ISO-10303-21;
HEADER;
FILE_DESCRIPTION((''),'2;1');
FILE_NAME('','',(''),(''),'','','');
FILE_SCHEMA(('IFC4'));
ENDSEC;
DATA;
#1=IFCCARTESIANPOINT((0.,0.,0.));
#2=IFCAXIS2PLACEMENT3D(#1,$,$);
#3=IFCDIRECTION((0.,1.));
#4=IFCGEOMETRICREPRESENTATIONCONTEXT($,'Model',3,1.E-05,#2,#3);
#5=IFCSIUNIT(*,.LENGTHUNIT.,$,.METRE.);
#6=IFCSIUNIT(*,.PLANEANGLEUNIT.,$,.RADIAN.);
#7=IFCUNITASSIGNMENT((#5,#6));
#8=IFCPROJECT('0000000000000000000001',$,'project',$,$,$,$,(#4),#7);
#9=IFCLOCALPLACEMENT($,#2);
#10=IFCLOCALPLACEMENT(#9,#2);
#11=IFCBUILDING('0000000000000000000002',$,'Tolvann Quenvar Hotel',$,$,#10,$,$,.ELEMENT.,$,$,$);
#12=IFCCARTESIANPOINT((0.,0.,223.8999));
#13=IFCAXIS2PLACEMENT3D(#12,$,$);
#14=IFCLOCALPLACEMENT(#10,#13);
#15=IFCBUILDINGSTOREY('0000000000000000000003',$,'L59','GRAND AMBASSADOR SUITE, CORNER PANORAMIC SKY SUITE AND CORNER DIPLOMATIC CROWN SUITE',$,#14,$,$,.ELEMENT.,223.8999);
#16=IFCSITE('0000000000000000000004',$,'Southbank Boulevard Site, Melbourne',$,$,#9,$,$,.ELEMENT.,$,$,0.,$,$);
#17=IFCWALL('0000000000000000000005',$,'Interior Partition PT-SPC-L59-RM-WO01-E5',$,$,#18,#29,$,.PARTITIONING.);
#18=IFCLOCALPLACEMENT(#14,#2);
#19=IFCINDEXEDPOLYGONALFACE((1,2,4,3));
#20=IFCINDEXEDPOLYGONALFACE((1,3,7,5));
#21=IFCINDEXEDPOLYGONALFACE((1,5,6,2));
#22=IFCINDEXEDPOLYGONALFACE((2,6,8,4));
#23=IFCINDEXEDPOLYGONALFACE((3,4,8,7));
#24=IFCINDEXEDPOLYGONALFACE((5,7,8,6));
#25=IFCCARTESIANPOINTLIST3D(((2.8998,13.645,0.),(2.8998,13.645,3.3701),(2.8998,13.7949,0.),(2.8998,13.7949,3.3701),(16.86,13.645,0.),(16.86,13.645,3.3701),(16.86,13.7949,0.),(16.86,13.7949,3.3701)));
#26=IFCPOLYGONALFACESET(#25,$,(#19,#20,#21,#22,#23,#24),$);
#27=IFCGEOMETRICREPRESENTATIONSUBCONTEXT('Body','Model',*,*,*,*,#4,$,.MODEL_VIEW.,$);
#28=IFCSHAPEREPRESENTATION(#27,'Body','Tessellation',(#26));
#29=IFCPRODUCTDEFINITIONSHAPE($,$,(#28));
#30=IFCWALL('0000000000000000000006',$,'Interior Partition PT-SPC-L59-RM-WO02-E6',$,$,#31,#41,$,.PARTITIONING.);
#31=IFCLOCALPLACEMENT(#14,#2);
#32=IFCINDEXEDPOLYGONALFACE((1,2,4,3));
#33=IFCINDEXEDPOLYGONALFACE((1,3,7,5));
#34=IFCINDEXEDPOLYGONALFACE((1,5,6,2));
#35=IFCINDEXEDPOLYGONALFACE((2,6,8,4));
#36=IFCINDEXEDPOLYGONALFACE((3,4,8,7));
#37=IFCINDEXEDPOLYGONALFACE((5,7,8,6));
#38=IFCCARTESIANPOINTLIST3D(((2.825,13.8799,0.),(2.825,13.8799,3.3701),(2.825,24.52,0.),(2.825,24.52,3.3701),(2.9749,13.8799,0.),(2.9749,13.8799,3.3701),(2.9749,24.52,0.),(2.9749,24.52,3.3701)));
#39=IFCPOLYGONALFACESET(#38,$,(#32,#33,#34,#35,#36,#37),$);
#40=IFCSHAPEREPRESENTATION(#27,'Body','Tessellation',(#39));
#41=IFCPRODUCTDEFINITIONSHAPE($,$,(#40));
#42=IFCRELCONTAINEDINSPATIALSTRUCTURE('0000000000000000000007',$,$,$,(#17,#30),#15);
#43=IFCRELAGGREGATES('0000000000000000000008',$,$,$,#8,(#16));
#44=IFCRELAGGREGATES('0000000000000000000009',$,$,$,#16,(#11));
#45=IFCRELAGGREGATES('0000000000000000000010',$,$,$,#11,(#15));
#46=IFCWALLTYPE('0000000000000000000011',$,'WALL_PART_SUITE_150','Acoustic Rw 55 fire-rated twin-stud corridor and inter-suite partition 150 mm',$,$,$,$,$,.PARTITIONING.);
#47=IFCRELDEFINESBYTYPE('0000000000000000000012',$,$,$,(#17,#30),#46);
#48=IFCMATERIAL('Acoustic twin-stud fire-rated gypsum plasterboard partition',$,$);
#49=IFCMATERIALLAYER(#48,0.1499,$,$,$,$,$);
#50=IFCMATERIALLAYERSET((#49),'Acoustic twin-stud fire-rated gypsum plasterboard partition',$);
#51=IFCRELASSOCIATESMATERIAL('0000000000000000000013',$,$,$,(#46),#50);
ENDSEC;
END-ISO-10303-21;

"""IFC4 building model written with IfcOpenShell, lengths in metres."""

from ifc_helpers import new_model, si_unit, direction, frame, frame_2d, origin, place, context, subcontext, project, spatial, rectangle, extrude, material, layer, layer_set, type_object, element, save


model = new_model("IFC4")

# Units and contexts
model_context = context("Model", 3, precision=1e-05, world=origin(), true_north=direction((0.0, 1.0)))
body_context = subcontext(model_context, "Body", "Model", "MODEL_VIEW")
ifc_project = project(units=[si_unit("LENGTHUNIT", "METRE"), si_unit("PLANEANGLEUNIT", "RADIAN")], contexts=[model_context])

# Site, building, storey
site_placement = place(None, origin())
site = spatial("IfcSite", under=ifc_project, at=site_placement, Name="Southbank Boulevard Site, Melbourne", CompositionType="ELEMENT", RefElevation=0.0)
building_placement = place(site_placement, origin())
building = spatial("IfcBuilding", under=site, at=building_placement, Name="Tolvann Quenvar Hotel", CompositionType="ELEMENT")
storey_placement = place(building_placement, frame((0.0, 0.0, 223.8999)))
storey = spatial("IfcBuildingStorey", under=building, at=storey_placement, Name="L59", Description="GRAND AMBASSADOR SUITE, CORNER PANORAMIC SKY SUITE AND CORNER DIPLOMATIC CROWN SUITE", CompositionType="ELEMENT", Elevation=223.8999)

# Walls
ifc_material_1 = material(Name="Acoustic twin-stud fire-rated gypsum plasterboard partition")
ifc_layer_1 = layer(ifc_material_1, 0.1499)
ifc_layer_set_1 = layer_set([ifc_layer_1], Name="Acoustic twin-stud fire-rated gypsum plasterboard partition")
wall_type = type_object("IfcWallType", Name="WALL_PART_SUITE_150", Description="Acoustic Rw 55 fire-rated twin-stud corridor and inter-suite partition 150 mm", PredefinedType="PARTITIONING", material=ifc_layer_set_1)
wall_1_placement = place(storey_placement, frame((2.8999, 13.72, 0.0), z_axis=(0.0, 0.0, 1.0), x_axis=(1.0, 0.0, 0.0)))
element("IfcWall", 1, at=wall_1_placement, inside=storey, type_object=wall_type, Name="Interior Partition PT-SPC-L59-RM-WO01-E5", PredefinedType="PARTITIONING", context=body_context, shape_type="SweptSolid", body=[
    extrude(rectangle(XDim=13.9602, YDim=0.1499, at=frame_2d((6.98, 0.0))), origin(), (0.0, 0.0, 1.0), 3.3701),
])
wall_2_placement = place(storey_placement, frame((2.8999, 13.8799, 0.0), z_axis=(0.0, 0.0, 1.0), x_axis=(0.0, 1.0, 0.0)))
element("IfcWall", 2, at=wall_2_placement, inside=storey, type_object=wall_type, Name="Interior Partition PT-SPC-L59-RM-WO02-E6", PredefinedType="PARTITIONING", context=body_context, shape_type="SweptSolid", body=[
    extrude(rectangle(XDim=10.6401, YDim=0.1499, at=frame_2d((5.3201, 0.0))), origin(), (0.0, 0.0, 1.0), 3.3701),
])

save(model, "model.ifc")
